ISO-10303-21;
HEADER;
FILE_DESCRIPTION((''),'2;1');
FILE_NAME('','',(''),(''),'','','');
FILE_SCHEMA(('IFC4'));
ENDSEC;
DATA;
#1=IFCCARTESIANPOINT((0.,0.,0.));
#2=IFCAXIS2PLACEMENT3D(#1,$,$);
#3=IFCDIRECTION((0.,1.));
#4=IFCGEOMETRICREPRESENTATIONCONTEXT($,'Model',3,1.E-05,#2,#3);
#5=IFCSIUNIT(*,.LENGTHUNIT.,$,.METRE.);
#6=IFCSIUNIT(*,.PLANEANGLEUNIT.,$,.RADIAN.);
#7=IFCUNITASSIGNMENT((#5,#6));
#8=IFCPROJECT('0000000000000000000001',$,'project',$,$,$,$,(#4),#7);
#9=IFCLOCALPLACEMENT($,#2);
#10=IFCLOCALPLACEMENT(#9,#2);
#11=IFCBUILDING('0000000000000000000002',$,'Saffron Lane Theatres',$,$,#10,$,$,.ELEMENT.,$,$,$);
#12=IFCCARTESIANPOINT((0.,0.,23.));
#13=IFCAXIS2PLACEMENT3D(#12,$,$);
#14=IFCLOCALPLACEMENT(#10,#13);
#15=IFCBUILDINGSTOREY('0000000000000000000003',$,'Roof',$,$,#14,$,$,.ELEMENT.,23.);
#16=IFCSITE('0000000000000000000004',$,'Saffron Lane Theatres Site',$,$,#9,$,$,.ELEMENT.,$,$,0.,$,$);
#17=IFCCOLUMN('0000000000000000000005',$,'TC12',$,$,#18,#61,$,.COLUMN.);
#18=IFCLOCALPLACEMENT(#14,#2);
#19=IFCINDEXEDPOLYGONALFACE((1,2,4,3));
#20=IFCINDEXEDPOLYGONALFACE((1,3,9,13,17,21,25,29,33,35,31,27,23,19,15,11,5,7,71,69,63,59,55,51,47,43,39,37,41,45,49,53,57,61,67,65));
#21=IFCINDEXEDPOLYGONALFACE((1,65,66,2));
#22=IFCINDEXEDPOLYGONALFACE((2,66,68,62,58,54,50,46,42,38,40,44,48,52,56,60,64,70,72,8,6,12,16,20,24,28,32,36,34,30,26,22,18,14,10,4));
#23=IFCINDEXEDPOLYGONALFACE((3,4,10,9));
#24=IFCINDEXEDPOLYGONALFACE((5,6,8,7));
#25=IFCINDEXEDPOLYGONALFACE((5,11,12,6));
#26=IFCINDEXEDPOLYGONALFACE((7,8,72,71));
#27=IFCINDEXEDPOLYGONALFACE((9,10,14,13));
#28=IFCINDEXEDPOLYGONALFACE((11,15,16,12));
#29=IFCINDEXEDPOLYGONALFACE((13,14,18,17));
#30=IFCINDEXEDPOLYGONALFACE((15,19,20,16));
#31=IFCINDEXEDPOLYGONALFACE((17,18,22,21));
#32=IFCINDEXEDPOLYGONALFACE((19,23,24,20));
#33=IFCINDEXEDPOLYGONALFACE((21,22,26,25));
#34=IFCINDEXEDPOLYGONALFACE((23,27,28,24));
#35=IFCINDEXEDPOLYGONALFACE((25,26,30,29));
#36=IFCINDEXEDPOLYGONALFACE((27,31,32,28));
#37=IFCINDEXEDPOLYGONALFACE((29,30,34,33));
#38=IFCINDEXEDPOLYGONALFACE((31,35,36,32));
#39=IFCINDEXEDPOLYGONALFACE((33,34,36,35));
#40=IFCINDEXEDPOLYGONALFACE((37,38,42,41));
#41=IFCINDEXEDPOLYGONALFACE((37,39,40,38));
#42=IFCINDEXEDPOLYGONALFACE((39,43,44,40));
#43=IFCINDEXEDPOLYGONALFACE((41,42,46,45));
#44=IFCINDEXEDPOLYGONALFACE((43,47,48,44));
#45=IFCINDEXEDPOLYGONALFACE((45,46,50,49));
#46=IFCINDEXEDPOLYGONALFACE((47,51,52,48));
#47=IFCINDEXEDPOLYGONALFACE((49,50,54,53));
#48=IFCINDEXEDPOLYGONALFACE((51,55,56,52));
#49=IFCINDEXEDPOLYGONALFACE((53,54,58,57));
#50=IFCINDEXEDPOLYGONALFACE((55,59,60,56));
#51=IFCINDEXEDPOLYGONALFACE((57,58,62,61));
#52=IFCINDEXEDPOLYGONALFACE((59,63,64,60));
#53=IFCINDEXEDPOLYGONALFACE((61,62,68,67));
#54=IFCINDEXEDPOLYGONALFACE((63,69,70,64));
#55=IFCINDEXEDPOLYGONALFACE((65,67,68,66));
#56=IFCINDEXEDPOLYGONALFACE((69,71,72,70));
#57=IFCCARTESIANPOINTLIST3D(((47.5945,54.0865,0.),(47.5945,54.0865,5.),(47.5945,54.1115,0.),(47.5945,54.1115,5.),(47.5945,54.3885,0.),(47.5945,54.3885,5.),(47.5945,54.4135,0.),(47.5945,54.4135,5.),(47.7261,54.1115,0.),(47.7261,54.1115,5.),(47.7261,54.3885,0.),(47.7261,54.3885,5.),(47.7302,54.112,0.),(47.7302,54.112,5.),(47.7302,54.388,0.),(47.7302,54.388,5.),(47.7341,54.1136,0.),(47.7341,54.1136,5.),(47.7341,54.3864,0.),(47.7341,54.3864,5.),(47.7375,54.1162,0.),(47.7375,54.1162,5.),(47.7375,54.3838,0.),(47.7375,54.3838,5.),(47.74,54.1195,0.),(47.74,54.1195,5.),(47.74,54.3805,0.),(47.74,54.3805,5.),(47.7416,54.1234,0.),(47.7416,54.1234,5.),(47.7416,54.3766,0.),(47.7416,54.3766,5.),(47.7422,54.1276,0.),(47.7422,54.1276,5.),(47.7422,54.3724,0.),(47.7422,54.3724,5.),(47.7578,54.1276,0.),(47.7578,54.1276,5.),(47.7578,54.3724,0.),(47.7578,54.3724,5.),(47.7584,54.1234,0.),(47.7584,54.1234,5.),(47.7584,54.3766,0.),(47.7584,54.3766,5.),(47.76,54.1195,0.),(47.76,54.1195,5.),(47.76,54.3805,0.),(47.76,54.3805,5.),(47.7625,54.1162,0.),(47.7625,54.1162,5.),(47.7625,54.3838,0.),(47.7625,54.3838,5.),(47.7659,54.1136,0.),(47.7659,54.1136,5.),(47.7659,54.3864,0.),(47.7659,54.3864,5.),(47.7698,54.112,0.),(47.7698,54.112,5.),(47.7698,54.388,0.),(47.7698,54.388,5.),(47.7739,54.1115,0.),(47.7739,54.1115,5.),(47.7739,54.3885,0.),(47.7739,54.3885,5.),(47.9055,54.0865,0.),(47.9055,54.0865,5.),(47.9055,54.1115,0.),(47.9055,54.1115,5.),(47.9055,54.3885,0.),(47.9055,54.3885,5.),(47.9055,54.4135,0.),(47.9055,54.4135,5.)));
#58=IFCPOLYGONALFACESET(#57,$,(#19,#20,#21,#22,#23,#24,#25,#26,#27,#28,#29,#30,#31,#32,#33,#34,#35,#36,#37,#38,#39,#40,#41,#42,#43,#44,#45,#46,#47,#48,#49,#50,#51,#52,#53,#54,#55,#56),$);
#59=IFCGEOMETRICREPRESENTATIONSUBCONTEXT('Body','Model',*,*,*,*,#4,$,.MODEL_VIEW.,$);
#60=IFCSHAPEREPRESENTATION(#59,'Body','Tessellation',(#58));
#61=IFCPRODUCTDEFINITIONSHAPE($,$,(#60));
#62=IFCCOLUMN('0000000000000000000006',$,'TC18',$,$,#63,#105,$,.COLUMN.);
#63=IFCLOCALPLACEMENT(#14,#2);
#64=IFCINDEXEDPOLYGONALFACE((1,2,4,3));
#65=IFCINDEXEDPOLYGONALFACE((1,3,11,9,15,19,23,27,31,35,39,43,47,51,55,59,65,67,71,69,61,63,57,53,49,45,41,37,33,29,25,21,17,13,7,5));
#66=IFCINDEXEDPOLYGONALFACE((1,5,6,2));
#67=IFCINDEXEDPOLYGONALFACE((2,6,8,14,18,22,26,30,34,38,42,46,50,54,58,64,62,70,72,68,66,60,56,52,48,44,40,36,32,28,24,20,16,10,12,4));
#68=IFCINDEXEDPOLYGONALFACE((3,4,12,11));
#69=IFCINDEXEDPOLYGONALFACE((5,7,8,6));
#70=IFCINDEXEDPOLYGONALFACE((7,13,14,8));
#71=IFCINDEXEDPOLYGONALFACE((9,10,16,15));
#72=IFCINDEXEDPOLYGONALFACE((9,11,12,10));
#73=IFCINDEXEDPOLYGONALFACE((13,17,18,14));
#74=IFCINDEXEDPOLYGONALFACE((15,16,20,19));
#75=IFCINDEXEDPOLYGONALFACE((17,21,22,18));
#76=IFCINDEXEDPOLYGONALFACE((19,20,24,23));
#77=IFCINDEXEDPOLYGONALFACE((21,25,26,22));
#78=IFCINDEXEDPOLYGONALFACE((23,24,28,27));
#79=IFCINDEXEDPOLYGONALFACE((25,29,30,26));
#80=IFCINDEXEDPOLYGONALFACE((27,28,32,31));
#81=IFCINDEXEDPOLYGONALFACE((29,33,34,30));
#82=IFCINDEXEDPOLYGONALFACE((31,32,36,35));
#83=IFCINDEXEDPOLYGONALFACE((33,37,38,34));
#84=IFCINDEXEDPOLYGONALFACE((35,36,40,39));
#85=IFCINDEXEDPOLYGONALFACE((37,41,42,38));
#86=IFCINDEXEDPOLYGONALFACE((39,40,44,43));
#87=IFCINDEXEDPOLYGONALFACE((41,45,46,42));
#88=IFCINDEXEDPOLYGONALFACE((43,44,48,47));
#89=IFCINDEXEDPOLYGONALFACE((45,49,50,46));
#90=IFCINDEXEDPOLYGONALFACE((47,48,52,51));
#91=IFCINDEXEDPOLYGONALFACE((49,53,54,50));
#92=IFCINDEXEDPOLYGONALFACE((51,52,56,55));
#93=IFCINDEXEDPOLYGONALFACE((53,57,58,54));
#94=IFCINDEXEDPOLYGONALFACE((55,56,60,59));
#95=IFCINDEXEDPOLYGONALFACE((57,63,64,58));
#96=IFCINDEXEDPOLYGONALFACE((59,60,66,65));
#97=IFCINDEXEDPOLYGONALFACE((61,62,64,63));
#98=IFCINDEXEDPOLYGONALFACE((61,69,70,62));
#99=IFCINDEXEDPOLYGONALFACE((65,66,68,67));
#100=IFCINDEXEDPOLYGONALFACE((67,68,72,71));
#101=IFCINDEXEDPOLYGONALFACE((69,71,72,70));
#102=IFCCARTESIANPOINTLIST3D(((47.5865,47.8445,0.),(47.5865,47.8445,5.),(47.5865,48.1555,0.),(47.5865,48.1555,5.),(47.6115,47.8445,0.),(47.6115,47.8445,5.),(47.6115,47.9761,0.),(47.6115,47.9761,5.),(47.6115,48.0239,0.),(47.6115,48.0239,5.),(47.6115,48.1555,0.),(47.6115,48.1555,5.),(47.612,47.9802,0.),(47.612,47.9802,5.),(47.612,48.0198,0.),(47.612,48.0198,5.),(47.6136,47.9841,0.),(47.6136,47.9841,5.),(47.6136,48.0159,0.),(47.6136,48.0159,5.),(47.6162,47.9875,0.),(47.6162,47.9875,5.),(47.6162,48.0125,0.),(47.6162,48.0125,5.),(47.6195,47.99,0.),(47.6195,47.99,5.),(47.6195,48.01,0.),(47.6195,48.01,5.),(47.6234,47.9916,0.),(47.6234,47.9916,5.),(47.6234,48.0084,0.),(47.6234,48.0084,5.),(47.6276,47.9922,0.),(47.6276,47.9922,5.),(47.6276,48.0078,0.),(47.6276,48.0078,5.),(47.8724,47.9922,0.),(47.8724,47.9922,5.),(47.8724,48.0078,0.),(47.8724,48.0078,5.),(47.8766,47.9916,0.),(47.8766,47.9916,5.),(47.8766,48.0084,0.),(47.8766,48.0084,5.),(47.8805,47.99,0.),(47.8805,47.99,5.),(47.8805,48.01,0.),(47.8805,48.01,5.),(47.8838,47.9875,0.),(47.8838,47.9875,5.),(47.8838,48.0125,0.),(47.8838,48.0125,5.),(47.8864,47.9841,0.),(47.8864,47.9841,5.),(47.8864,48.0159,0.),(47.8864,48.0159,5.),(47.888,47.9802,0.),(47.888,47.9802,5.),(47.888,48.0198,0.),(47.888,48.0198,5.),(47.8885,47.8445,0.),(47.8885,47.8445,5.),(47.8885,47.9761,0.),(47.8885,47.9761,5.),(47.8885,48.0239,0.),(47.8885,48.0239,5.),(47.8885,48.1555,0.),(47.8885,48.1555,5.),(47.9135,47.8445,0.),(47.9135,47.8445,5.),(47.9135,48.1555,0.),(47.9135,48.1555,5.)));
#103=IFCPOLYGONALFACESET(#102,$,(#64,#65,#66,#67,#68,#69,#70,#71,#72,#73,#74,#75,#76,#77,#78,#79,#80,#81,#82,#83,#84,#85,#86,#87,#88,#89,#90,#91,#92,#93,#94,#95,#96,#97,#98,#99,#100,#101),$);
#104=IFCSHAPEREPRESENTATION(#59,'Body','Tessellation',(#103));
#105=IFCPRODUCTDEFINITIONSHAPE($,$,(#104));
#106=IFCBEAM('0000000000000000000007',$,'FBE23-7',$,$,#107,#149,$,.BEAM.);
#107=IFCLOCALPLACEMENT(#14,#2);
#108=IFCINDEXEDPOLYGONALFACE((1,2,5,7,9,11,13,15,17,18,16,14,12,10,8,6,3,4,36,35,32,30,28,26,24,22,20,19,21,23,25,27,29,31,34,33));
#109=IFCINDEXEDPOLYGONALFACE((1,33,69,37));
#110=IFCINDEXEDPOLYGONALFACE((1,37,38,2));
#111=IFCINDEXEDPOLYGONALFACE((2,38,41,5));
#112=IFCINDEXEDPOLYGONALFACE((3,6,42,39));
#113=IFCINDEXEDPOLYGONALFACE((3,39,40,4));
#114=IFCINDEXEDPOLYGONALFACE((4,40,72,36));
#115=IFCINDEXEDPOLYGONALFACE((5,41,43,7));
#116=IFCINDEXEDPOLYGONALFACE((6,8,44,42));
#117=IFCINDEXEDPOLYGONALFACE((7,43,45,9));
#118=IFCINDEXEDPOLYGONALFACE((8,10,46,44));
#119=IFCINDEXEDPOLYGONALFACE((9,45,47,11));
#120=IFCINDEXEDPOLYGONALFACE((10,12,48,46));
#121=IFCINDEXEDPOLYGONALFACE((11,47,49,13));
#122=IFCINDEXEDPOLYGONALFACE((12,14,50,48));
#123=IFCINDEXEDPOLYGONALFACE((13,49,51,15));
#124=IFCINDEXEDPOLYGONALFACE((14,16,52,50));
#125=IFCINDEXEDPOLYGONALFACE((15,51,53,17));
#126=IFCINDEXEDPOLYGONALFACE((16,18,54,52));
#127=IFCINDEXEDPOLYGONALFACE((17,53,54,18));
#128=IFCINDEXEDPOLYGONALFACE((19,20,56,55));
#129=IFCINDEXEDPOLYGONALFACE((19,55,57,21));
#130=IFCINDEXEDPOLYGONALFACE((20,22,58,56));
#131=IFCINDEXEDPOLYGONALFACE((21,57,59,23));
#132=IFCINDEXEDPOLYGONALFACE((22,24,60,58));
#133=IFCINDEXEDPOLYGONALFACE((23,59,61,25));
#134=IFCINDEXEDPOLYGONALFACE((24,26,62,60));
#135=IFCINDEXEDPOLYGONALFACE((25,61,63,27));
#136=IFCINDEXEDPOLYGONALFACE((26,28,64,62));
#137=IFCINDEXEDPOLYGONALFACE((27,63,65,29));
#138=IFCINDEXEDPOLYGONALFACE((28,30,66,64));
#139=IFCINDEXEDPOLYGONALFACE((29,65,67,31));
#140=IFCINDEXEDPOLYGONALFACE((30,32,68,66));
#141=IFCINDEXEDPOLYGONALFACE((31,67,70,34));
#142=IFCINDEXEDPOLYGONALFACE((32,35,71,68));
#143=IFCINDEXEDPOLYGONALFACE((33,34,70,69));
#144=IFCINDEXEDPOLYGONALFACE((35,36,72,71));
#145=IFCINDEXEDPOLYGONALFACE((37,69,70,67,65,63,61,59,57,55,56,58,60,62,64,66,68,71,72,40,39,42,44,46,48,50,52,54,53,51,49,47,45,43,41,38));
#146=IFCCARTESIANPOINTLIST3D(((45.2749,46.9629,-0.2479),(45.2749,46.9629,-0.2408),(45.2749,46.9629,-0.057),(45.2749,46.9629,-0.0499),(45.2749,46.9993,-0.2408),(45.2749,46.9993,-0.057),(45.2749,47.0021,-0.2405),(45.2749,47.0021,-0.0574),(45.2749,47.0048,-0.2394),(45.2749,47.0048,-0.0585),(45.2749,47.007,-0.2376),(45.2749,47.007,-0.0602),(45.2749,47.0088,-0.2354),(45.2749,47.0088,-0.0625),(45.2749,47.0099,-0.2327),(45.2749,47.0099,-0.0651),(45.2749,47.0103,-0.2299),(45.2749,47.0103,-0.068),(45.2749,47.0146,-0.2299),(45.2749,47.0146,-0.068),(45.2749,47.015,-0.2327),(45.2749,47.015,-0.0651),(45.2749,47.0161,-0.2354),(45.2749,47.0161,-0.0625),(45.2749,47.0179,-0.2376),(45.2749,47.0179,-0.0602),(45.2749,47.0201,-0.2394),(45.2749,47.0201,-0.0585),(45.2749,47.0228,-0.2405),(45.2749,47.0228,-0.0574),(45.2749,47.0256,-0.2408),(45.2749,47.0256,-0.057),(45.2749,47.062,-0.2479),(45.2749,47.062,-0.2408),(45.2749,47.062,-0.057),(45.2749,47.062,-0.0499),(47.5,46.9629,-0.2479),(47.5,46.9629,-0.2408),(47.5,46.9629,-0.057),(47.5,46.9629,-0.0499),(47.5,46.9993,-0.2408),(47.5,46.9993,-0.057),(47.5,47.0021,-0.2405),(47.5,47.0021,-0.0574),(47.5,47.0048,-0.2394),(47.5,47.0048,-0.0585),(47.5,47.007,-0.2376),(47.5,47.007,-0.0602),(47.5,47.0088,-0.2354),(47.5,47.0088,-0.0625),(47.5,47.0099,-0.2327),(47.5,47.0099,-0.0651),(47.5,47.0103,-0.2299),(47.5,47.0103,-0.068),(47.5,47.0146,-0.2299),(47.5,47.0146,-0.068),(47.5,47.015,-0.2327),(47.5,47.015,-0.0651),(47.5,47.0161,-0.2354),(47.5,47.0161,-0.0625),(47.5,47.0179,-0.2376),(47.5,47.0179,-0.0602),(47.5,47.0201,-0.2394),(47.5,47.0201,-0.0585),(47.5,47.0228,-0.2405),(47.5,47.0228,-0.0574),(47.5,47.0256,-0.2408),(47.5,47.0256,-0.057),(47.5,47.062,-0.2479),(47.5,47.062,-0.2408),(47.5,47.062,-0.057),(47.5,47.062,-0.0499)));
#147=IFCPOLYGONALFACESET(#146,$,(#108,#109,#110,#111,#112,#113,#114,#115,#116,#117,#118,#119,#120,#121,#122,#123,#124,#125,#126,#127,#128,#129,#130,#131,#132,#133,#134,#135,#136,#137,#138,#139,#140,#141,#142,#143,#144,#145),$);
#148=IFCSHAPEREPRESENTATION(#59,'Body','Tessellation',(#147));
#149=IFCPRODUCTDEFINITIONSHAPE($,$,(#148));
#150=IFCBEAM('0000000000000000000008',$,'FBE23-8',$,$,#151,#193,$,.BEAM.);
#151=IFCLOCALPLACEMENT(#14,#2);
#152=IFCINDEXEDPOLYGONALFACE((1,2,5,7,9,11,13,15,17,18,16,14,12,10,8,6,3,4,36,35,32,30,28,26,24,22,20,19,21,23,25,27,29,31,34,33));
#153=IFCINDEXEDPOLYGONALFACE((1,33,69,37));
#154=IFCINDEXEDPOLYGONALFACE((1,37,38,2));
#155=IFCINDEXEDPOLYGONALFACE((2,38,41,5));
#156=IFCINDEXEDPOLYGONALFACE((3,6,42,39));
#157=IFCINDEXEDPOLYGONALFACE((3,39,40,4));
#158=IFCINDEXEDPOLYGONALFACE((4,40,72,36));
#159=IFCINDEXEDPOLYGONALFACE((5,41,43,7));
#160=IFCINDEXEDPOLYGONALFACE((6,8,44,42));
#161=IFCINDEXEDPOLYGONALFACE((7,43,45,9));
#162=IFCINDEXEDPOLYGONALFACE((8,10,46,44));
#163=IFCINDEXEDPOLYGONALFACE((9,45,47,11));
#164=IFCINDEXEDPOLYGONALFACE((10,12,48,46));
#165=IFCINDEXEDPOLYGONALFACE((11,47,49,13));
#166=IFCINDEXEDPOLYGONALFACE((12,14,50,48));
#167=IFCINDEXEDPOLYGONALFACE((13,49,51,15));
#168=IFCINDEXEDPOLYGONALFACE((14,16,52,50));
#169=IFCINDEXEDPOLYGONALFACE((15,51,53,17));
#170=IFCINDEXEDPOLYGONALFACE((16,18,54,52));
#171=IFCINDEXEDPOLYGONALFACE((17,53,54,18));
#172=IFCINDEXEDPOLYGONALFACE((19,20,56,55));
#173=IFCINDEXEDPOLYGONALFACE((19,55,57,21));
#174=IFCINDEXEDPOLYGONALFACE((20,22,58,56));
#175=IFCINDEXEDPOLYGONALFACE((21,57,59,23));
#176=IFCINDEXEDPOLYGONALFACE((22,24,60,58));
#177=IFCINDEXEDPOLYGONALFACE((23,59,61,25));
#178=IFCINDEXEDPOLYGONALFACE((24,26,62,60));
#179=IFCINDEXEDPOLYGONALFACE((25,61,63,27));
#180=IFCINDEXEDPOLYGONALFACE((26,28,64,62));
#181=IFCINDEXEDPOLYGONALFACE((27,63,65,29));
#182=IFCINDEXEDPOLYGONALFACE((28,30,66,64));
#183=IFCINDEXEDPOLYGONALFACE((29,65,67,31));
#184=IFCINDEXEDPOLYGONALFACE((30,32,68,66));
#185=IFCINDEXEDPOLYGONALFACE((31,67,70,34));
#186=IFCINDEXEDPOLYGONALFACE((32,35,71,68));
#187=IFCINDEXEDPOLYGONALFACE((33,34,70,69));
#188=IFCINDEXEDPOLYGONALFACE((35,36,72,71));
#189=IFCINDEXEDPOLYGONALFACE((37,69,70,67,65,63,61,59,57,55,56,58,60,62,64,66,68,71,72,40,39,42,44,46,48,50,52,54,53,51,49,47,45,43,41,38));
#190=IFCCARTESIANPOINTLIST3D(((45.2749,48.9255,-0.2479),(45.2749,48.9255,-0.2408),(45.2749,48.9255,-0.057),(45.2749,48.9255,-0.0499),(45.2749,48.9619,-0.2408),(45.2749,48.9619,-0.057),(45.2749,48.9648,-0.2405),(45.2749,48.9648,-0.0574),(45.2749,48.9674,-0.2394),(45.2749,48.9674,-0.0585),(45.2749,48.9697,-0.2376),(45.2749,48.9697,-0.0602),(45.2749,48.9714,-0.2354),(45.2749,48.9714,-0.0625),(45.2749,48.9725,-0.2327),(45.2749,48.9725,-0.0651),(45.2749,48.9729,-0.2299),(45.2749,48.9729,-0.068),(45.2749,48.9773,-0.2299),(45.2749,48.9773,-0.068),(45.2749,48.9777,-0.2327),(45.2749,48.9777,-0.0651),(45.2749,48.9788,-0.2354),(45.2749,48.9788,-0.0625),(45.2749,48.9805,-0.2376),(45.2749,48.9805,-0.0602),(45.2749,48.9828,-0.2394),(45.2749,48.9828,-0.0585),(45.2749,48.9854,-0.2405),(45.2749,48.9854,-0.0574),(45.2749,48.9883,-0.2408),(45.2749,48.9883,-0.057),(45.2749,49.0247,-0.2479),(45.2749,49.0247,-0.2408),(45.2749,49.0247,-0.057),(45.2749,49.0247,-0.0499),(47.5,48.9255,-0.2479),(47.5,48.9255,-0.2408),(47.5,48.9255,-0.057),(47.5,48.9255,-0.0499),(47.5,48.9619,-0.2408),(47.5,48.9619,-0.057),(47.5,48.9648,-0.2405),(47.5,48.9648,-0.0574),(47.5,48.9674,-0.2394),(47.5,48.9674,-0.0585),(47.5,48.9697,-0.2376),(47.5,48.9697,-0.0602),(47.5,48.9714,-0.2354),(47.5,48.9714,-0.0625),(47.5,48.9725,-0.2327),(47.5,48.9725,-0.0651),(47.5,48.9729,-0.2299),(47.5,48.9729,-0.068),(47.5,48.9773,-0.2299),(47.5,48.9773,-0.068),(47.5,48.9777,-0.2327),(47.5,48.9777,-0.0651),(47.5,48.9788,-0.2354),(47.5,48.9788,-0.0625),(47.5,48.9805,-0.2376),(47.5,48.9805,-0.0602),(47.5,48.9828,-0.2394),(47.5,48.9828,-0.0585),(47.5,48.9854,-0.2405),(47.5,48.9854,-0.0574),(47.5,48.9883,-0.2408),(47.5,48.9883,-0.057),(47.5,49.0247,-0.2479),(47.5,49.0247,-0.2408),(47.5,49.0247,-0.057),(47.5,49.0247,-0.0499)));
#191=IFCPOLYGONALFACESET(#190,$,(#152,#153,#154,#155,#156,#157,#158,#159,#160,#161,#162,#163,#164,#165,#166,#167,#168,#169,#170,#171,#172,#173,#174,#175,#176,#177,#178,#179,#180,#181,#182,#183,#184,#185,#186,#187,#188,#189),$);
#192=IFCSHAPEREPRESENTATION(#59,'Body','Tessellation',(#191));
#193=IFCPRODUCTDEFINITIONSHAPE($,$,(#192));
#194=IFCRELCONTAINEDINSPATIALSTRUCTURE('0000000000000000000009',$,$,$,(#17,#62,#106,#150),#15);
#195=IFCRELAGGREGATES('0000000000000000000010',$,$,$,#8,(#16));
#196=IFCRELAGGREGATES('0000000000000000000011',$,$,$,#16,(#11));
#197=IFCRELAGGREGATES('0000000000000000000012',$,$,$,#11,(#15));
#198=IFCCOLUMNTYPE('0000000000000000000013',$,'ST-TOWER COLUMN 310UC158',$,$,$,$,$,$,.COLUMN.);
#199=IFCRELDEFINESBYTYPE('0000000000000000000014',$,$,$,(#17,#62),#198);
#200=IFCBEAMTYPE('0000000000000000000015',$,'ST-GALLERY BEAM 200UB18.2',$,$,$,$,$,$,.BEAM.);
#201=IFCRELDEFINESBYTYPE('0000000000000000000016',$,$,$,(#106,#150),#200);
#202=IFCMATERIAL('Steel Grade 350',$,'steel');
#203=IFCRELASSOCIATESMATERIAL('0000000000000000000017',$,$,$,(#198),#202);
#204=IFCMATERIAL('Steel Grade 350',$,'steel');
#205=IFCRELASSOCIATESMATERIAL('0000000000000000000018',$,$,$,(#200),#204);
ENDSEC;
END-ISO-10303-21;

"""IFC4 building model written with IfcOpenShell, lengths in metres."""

from ifc_helpers import new_model, si_unit, direction, frame, origin, origin_2d, place, context, subcontext, project, spatial, i_section, extrude, material, material_profile, profile_set, type_object, element, save


model = new_model("IFC4")

# Units and contexts
model_context = context("Model", 3, precision=1e-05, world=origin(), true_north=direction((0.0, 1.0)))
body_context = subcontext(model_context, "Body", "Model", "MODEL_VIEW")
ifc_project = project(units=[si_unit("LENGTHUNIT", "METRE"), si_unit("PLANEANGLEUNIT", "RADIAN")], contexts=[model_context])

# Site, building, storey
site_placement = place(None, origin())
site = spatial("IfcSite", under=ifc_project, at=site_placement, Name="Saffron Lane Theatres Site", CompositionType="ELEMENT", RefElevation=0.0)
building_placement = place(site_placement, origin())
building = spatial("IfcBuilding", under=site, at=building_placement, Name="Saffron Lane Theatres", CompositionType="ELEMENT")
storey_placement = place(building_placement, frame((0.0, 0.0, 23.0)))
storey = spatial("IfcBuildingStorey", under=building, at=storey_placement, Name="Roof", CompositionType="ELEMENT", Elevation=23.0)

# Columns
ifc_material_1 = material(Name="Steel Grade 350", Category="steel")
ifc_material_profile_1 = material_profile(ifc_material_1, i_section(OverallWidth=0.311, OverallDepth=0.3269, WebThickness=0.0156, FlangeThickness=0.0249, FilletRadius=0.0161, at=origin_2d()))
ifc_profile_set_1 = profile_set([ifc_material_profile_1], Name="Steel Grade 350")
column_type = type_object("IfcColumnType", Name="ST-TOWER COLUMN 310UC158", PredefinedType="COLUMN", material=ifc_profile_set_1)
for number, where, z_axis, x_axis, name in (
    (1, (47.75, 54.25, 0.0), (0.0, 0.0, 1.0), (1.0, 0.0, 0.0), "TC12"),
    (2, (47.75, 48.0, 0.0), (0.0, 0.0, 1.0), (0.0, 1.0, 0.0), "TC18"),
):
    element("IfcColumn", number, at=place(storey_placement, frame(where, z_axis=z_axis, x_axis=x_axis)), inside=storey, type_object=column_type, Name=name, PredefinedType="COLUMN", context=body_context, shape_type="SweptSolid", body=[
        extrude(i_section(OverallWidth=0.311, OverallDepth=0.3269, WebThickness=0.0156, FlangeThickness=0.0249, FilletRadius=0.0161, at=origin_2d()), origin(), (0.0, 0.0, 1.0), 5.0),
    ])

# Beams
ifc_material_2 = material(Name="Steel Grade 350", Category="steel")
ifc_material_profile_2 = material_profile(ifc_material_2, i_section(OverallWidth=0.0991, OverallDepth=0.198, WebThickness=0.0044, FlangeThickness=0.0071, FilletRadius=0.011, at=origin_2d()))
ifc_profile_set_2 = profile_set([ifc_material_profile_2], Name="Steel Grade 350")
beam_type_1 = type_object("IfcBeamType", Name="ST-GALLERY BEAM 200UB18.2", PredefinedType="BEAM", material=ifc_profile_set_2)
for number, where, z_axis, x_axis, name in (
    (3, (45.2749, 47.0125, -0.1489), (1.0, 0.0, 0.0), (0.0, 1.0, 0.0), "FBE23-7"),
    (4, (45.2749, 48.9751, -0.1489), (1.0, 0.0, 0.0), (0.0, 1.0, 0.0), "FBE23-8"),
):
    element("IfcBeam", number, at=place(storey_placement, frame(where, z_axis=z_axis, x_axis=x_axis)), inside=storey, type_object=beam_type_1, Name=name, PredefinedType="BEAM", context=body_context, shape_type="SweptSolid", body=[
        extrude(i_section(OverallWidth=0.0991, OverallDepth=0.198, WebThickness=0.0044, FlangeThickness=0.0071, FilletRadius=0.011, at=origin_2d()), origin(), (0.0, 0.0, 1.0), 2.2251),
    ])

save(model, "model.ifc")
